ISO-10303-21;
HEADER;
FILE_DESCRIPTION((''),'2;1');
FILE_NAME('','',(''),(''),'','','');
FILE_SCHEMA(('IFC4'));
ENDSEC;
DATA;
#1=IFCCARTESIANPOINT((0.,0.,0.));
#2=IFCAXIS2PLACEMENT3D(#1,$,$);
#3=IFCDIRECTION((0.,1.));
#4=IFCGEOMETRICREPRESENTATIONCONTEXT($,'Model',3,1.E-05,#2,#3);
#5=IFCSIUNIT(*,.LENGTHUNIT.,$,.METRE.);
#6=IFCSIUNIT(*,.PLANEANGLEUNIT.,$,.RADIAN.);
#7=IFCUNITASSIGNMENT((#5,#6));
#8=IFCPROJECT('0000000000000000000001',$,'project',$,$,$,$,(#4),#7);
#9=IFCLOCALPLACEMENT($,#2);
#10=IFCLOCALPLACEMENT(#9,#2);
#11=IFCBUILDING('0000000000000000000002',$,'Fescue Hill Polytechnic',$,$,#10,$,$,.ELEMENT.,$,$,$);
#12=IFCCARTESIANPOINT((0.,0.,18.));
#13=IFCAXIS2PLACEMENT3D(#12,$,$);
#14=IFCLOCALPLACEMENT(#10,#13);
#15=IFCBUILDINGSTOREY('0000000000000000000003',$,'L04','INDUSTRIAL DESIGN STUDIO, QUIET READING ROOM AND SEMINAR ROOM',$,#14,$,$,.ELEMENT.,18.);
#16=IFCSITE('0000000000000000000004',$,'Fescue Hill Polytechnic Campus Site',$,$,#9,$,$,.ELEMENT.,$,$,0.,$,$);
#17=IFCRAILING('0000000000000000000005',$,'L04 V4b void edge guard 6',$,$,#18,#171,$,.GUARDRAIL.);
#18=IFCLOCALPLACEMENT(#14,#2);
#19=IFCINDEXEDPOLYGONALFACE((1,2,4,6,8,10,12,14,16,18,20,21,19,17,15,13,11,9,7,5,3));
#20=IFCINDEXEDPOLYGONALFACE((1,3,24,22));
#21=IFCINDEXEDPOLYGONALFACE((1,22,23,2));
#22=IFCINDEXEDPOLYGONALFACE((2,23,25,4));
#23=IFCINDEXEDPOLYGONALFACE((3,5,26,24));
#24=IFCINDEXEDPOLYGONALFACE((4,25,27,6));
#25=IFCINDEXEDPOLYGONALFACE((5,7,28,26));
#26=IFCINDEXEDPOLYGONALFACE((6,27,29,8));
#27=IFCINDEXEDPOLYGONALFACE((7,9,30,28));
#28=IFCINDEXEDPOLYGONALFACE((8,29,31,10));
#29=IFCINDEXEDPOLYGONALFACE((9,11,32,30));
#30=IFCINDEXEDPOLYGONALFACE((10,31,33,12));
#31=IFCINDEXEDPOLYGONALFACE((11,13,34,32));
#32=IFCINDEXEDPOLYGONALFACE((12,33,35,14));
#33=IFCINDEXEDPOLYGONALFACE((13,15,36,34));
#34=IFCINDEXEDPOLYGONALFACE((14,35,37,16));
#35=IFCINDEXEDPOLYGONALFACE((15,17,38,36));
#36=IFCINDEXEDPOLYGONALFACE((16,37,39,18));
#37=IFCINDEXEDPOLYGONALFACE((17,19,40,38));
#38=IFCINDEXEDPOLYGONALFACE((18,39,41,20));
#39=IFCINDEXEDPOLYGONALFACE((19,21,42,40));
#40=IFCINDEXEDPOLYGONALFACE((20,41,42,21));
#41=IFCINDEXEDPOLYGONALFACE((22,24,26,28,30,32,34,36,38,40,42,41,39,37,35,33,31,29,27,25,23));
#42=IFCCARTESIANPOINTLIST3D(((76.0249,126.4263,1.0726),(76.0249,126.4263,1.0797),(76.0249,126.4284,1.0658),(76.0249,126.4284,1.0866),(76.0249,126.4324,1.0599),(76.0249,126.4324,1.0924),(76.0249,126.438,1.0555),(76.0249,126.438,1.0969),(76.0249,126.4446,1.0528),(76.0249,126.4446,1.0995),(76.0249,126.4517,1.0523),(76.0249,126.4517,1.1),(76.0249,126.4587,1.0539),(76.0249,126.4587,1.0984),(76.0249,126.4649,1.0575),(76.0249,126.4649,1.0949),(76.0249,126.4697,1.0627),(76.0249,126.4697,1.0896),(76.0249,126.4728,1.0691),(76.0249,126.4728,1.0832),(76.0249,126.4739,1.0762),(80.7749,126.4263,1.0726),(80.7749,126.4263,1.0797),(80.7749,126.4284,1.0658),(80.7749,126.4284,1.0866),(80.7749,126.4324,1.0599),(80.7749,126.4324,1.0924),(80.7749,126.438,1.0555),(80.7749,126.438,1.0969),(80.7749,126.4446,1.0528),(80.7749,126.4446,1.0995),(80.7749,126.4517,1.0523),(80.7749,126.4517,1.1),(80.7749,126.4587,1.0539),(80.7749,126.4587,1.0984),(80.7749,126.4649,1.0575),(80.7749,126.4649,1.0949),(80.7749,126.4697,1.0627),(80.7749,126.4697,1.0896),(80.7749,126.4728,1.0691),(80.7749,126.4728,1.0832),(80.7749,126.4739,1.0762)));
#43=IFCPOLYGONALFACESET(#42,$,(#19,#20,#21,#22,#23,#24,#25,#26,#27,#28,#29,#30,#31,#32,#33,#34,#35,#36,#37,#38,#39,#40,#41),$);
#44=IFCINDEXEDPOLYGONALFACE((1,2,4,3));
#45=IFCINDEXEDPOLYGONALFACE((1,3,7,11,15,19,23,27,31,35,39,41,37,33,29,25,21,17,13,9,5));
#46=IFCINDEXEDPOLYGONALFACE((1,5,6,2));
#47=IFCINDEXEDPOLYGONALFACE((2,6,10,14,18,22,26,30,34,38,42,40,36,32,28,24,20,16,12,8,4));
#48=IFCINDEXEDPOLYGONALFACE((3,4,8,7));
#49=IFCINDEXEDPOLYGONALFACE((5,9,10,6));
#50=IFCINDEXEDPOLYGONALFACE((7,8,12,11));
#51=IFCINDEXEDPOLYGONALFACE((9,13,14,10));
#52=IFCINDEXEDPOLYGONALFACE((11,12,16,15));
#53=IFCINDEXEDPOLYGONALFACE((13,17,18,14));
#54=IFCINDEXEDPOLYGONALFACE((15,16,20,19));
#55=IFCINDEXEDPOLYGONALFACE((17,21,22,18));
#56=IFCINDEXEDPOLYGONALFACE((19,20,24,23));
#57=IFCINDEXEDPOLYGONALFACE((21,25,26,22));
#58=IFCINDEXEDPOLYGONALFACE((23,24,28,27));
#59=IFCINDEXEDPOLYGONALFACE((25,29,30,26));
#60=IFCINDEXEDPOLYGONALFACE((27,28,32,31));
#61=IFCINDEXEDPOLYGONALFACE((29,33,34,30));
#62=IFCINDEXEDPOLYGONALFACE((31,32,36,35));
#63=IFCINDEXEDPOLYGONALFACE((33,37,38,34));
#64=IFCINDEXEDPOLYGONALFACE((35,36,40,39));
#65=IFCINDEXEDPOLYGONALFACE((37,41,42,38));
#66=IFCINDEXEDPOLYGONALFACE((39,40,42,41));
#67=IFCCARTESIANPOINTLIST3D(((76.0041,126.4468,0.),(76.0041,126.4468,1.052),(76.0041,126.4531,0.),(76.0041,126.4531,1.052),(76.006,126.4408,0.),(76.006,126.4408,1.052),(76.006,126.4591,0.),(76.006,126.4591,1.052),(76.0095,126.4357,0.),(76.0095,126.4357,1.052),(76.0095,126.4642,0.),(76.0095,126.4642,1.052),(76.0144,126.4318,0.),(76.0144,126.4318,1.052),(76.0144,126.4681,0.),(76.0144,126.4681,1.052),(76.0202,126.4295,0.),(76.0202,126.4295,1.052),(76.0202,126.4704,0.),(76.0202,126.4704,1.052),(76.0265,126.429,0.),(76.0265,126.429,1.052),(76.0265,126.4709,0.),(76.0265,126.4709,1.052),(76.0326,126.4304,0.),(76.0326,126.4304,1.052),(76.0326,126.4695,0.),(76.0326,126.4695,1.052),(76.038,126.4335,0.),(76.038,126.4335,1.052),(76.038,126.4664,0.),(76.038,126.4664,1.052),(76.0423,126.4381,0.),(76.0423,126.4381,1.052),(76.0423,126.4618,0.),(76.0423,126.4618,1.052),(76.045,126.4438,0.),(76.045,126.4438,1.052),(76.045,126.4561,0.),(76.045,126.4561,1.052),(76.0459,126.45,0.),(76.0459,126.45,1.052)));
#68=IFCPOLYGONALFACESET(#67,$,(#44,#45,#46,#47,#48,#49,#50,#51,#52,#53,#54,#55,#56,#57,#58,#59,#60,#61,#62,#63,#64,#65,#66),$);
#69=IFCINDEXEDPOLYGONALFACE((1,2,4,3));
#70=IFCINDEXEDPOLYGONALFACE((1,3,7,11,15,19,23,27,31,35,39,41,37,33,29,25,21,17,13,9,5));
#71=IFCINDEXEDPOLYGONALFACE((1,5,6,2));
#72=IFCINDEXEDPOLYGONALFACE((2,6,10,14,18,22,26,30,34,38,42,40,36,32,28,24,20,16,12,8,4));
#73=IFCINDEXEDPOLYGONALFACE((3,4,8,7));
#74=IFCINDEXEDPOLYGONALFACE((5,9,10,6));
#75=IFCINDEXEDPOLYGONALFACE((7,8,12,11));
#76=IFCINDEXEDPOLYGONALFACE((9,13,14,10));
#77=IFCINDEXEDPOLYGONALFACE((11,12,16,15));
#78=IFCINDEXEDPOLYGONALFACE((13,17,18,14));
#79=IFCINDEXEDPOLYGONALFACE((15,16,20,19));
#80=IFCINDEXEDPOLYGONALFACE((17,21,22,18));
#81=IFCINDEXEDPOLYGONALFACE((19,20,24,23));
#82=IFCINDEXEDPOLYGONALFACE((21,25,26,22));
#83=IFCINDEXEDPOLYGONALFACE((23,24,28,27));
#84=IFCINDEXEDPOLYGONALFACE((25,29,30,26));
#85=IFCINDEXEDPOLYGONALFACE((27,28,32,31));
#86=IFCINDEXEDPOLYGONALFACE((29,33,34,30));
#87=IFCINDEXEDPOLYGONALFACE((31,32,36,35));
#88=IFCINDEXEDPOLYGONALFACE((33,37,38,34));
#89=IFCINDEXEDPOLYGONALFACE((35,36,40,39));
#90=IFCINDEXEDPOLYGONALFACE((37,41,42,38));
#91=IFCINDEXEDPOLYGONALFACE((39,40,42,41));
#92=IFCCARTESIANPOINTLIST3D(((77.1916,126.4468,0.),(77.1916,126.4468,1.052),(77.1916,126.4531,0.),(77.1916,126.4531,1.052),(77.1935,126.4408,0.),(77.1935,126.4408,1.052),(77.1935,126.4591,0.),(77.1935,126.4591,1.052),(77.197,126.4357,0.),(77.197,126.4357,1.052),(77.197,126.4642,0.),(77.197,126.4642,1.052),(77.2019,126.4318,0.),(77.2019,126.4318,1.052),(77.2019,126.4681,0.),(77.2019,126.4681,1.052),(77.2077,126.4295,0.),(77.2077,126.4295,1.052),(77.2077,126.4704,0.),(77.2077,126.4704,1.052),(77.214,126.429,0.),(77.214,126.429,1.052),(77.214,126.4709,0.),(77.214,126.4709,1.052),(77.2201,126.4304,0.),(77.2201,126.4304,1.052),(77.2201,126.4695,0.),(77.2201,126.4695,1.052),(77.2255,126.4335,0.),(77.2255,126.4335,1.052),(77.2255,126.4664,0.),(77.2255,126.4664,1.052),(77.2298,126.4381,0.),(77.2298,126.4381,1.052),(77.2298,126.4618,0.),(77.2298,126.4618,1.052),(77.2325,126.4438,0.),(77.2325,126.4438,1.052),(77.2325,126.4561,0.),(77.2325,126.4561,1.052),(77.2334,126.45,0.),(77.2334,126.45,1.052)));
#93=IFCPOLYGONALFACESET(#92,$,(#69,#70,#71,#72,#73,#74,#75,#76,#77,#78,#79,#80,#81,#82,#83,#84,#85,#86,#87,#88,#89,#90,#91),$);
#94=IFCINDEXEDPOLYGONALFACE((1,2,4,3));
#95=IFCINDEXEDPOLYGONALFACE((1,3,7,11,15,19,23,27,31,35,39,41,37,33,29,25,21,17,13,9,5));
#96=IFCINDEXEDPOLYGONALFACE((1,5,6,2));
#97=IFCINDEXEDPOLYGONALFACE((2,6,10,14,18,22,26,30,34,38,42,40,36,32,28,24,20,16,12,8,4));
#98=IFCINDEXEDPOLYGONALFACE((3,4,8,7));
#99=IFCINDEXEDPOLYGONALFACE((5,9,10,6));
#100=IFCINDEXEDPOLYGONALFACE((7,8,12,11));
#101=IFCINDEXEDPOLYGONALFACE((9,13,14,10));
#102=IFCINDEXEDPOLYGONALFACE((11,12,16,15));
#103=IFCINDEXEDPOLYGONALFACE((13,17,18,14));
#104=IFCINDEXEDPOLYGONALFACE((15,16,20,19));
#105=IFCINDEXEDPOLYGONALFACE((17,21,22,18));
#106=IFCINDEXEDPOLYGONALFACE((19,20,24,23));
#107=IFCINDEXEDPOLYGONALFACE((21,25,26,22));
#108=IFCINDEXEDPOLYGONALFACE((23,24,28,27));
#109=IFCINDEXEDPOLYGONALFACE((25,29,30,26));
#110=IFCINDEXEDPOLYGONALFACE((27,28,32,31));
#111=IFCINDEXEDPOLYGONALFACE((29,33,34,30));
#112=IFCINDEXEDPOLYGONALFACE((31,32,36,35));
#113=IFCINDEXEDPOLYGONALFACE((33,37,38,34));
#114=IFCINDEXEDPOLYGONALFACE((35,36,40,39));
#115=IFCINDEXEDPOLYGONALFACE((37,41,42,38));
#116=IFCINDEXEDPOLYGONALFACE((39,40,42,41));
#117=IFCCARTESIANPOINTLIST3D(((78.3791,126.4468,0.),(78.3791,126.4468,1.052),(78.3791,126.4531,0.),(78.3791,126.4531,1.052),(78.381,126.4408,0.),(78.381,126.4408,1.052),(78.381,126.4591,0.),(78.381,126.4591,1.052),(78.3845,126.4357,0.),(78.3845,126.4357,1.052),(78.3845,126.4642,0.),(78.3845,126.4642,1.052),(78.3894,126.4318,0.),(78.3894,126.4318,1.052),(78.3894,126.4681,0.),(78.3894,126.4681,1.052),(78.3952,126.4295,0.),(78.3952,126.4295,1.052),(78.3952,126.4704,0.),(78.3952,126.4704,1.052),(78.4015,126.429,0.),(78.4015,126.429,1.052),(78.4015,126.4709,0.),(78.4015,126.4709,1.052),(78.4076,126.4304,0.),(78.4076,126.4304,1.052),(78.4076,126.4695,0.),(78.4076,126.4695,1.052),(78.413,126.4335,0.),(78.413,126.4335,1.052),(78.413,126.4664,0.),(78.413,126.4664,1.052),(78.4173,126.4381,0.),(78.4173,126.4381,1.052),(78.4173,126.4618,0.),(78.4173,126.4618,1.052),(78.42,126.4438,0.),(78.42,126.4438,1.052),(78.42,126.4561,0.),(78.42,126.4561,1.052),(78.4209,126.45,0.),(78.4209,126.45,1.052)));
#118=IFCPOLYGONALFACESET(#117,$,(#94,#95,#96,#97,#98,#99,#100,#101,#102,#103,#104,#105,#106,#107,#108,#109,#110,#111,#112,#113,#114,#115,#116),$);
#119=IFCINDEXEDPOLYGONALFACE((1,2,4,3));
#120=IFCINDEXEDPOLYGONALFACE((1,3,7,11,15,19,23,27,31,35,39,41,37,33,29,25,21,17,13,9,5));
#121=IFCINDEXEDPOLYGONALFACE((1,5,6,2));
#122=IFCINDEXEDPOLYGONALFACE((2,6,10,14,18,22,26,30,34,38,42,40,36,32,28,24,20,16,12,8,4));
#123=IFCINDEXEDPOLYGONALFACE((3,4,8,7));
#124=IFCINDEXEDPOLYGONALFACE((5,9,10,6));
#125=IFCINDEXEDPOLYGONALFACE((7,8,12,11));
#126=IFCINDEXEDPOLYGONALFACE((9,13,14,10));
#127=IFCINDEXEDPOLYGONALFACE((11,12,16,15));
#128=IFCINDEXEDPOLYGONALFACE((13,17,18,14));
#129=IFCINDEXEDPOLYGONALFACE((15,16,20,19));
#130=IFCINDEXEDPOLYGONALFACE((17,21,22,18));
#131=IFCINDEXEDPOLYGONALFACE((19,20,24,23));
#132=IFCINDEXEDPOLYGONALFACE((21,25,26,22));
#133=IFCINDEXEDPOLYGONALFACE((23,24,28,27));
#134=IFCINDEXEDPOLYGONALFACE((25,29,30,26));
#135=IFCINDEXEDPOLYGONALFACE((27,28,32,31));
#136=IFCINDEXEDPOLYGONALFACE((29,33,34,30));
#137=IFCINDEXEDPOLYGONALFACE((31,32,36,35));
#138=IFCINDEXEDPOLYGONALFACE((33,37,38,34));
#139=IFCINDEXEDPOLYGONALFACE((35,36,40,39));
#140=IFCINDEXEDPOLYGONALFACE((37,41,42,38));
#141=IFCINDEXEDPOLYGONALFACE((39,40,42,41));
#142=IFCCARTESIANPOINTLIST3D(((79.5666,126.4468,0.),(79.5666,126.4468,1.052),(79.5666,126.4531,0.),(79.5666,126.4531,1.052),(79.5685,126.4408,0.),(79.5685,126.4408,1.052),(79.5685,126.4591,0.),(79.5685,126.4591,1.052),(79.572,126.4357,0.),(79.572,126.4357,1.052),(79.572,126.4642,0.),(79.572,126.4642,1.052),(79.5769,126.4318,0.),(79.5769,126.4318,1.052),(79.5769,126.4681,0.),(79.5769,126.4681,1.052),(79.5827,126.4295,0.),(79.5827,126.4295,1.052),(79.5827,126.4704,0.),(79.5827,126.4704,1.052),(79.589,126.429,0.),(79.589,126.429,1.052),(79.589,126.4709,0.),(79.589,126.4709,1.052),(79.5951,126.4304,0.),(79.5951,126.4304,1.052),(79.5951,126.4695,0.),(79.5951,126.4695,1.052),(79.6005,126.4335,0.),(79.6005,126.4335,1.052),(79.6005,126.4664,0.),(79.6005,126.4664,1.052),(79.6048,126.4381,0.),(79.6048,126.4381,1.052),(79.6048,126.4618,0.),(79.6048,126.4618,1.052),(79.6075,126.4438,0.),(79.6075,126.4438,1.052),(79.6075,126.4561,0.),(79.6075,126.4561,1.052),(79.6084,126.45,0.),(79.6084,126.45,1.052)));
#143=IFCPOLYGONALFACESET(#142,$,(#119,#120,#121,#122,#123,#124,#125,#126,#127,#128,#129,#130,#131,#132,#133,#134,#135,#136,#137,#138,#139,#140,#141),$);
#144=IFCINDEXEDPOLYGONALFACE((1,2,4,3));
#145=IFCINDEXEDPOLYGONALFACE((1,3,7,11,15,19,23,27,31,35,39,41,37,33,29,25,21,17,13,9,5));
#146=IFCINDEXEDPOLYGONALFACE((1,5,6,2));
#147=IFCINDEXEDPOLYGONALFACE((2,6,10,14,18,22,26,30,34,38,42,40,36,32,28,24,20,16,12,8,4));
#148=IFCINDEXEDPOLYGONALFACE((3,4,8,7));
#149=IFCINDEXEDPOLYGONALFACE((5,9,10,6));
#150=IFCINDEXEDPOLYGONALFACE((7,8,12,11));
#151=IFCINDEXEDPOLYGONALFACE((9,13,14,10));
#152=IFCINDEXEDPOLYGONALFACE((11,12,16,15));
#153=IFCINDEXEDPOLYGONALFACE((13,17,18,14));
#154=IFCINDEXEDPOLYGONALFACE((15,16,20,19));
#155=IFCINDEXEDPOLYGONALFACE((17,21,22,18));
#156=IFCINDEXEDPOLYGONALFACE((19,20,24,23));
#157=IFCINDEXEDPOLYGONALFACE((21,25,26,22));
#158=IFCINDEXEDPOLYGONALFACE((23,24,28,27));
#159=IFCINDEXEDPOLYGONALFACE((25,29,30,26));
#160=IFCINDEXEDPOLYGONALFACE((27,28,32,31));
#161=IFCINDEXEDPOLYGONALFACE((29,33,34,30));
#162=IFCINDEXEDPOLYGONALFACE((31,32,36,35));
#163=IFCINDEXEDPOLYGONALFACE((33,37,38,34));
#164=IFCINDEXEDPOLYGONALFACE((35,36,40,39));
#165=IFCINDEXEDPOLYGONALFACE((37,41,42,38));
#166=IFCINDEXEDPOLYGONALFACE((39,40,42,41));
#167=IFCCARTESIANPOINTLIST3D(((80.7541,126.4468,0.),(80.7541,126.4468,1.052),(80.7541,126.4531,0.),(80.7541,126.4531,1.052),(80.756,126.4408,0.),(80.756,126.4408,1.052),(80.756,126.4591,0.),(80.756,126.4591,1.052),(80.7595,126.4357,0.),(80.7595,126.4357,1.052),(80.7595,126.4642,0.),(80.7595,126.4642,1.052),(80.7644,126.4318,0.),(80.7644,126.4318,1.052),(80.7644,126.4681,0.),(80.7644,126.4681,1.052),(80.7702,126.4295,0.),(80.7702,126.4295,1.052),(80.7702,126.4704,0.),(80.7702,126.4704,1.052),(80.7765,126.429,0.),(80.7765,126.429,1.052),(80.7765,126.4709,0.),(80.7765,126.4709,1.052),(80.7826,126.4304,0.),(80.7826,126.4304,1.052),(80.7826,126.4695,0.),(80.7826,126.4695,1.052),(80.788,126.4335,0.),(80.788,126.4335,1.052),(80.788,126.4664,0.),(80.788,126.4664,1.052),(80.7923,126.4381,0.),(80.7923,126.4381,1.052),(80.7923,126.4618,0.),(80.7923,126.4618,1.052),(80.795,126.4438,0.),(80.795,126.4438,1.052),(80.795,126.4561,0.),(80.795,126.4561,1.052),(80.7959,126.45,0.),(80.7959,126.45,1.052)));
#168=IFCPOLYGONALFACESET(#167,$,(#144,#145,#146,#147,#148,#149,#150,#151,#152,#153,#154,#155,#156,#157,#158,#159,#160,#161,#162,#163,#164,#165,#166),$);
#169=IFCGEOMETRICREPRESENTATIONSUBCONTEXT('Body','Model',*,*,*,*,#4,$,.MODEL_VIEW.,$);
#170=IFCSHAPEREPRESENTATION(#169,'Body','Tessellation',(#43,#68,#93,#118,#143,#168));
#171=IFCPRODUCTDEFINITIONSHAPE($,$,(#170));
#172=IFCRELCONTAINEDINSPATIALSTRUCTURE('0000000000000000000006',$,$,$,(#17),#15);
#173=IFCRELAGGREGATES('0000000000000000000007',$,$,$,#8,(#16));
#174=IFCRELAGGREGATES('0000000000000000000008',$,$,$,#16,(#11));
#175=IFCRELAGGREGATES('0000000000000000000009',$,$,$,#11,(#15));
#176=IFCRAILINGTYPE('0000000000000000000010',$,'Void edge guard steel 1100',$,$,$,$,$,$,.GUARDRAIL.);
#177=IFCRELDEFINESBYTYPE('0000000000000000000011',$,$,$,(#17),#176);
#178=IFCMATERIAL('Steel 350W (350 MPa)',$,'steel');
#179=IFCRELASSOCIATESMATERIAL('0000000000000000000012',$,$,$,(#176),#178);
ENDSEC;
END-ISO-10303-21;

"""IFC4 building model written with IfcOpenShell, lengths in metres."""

from ifc_helpers import new_model, si_unit, direction, frame, origin, origin_2d, place, context, subcontext, project, spatial, circle, extrude, material, type_object, element, save


model = new_model("IFC4")

# Units and contexts
model_context = context("Model", 3, precision=1e-05, world=origin(), true_north=direction((0.0, 1.0)))
body_context = subcontext(model_context, "Body", "Model", "MODEL_VIEW")
ifc_project = project(units=[si_unit("LENGTHUNIT", "METRE"), si_unit("PLANEANGLEUNIT", "RADIAN")], contexts=[model_context])

# Site, building, storey
site_placement = place(None, origin())
site = spatial("IfcSite", under=ifc_project, at=site_placement, Name="Fescue Hill Polytechnic Campus Site", CompositionType="ELEMENT", RefElevation=0.0)
building_placement = place(site_placement, origin())
building = spatial("IfcBuilding", under=site, at=building_placement, Name="Fescue Hill Polytechnic", CompositionType="ELEMENT")
storey_placement = place(building_placement, frame((0.0, 0.0, 18.0)))
storey = spatial("IfcBuildingStorey", under=building, at=storey_placement, Name="L04", Description="INDUSTRIAL DESIGN STUDIO, QUIET READING ROOM AND SEMINAR ROOM", CompositionType="ELEMENT", Elevation=18.0)

# Railing
ifc_material_1 = material(Name="Steel 350W (350 MPa)", Category="steel")
railing_type_1 = type_object("IfcRailingType", Name="Void edge guard steel 1100", PredefinedType="GUARDRAIL", material=ifc_material_1)
railing_1_placement = place(storey_placement, frame((76.0249, 126.45, 0.0)))
element("IfcRailing", 1, at=railing_1_placement, inside=storey, type_object=railing_type_1, Name="L04 V4b void edge guard 6", PredefinedType="GUARDRAIL", context=body_context, shape_type="SweptSolid", body=[
    extrude(circle(Radius=0.0239, at=origin_2d()), frame((0.0, 0.0, 1.0762), z_axis=(1.0, 0.0, 0.0), x_axis=(0.0, 1.0, 0.0)), (0.0, 0.0, 1.0), 4.75),
    extrude(circle(Radius=0.021, at=origin_2d()), origin(), (0.0, 0.0, 1.0), 1.052),
    extrude(circle(Radius=0.021, at=origin_2d()), frame((1.1875, 0.0, 0.0)), (0.0, 0.0, 1.0), 1.052),
    extrude(circle(Radius=0.021, at=origin_2d()), frame((2.375, 0.0, 0.0)), (0.0, 0.0, 1.0), 1.052),
    extrude(circle(Radius=0.021, at=origin_2d()), frame((3.5625, 0.0, 0.0)), (0.0, 0.0, 1.0), 1.052),
    extrude(circle(Radius=0.021, at=origin_2d()), frame((4.75, 0.0, 0.0)), (0.0, 0.0, 1.0), 1.052),
])

save(model, "model.ifc")
